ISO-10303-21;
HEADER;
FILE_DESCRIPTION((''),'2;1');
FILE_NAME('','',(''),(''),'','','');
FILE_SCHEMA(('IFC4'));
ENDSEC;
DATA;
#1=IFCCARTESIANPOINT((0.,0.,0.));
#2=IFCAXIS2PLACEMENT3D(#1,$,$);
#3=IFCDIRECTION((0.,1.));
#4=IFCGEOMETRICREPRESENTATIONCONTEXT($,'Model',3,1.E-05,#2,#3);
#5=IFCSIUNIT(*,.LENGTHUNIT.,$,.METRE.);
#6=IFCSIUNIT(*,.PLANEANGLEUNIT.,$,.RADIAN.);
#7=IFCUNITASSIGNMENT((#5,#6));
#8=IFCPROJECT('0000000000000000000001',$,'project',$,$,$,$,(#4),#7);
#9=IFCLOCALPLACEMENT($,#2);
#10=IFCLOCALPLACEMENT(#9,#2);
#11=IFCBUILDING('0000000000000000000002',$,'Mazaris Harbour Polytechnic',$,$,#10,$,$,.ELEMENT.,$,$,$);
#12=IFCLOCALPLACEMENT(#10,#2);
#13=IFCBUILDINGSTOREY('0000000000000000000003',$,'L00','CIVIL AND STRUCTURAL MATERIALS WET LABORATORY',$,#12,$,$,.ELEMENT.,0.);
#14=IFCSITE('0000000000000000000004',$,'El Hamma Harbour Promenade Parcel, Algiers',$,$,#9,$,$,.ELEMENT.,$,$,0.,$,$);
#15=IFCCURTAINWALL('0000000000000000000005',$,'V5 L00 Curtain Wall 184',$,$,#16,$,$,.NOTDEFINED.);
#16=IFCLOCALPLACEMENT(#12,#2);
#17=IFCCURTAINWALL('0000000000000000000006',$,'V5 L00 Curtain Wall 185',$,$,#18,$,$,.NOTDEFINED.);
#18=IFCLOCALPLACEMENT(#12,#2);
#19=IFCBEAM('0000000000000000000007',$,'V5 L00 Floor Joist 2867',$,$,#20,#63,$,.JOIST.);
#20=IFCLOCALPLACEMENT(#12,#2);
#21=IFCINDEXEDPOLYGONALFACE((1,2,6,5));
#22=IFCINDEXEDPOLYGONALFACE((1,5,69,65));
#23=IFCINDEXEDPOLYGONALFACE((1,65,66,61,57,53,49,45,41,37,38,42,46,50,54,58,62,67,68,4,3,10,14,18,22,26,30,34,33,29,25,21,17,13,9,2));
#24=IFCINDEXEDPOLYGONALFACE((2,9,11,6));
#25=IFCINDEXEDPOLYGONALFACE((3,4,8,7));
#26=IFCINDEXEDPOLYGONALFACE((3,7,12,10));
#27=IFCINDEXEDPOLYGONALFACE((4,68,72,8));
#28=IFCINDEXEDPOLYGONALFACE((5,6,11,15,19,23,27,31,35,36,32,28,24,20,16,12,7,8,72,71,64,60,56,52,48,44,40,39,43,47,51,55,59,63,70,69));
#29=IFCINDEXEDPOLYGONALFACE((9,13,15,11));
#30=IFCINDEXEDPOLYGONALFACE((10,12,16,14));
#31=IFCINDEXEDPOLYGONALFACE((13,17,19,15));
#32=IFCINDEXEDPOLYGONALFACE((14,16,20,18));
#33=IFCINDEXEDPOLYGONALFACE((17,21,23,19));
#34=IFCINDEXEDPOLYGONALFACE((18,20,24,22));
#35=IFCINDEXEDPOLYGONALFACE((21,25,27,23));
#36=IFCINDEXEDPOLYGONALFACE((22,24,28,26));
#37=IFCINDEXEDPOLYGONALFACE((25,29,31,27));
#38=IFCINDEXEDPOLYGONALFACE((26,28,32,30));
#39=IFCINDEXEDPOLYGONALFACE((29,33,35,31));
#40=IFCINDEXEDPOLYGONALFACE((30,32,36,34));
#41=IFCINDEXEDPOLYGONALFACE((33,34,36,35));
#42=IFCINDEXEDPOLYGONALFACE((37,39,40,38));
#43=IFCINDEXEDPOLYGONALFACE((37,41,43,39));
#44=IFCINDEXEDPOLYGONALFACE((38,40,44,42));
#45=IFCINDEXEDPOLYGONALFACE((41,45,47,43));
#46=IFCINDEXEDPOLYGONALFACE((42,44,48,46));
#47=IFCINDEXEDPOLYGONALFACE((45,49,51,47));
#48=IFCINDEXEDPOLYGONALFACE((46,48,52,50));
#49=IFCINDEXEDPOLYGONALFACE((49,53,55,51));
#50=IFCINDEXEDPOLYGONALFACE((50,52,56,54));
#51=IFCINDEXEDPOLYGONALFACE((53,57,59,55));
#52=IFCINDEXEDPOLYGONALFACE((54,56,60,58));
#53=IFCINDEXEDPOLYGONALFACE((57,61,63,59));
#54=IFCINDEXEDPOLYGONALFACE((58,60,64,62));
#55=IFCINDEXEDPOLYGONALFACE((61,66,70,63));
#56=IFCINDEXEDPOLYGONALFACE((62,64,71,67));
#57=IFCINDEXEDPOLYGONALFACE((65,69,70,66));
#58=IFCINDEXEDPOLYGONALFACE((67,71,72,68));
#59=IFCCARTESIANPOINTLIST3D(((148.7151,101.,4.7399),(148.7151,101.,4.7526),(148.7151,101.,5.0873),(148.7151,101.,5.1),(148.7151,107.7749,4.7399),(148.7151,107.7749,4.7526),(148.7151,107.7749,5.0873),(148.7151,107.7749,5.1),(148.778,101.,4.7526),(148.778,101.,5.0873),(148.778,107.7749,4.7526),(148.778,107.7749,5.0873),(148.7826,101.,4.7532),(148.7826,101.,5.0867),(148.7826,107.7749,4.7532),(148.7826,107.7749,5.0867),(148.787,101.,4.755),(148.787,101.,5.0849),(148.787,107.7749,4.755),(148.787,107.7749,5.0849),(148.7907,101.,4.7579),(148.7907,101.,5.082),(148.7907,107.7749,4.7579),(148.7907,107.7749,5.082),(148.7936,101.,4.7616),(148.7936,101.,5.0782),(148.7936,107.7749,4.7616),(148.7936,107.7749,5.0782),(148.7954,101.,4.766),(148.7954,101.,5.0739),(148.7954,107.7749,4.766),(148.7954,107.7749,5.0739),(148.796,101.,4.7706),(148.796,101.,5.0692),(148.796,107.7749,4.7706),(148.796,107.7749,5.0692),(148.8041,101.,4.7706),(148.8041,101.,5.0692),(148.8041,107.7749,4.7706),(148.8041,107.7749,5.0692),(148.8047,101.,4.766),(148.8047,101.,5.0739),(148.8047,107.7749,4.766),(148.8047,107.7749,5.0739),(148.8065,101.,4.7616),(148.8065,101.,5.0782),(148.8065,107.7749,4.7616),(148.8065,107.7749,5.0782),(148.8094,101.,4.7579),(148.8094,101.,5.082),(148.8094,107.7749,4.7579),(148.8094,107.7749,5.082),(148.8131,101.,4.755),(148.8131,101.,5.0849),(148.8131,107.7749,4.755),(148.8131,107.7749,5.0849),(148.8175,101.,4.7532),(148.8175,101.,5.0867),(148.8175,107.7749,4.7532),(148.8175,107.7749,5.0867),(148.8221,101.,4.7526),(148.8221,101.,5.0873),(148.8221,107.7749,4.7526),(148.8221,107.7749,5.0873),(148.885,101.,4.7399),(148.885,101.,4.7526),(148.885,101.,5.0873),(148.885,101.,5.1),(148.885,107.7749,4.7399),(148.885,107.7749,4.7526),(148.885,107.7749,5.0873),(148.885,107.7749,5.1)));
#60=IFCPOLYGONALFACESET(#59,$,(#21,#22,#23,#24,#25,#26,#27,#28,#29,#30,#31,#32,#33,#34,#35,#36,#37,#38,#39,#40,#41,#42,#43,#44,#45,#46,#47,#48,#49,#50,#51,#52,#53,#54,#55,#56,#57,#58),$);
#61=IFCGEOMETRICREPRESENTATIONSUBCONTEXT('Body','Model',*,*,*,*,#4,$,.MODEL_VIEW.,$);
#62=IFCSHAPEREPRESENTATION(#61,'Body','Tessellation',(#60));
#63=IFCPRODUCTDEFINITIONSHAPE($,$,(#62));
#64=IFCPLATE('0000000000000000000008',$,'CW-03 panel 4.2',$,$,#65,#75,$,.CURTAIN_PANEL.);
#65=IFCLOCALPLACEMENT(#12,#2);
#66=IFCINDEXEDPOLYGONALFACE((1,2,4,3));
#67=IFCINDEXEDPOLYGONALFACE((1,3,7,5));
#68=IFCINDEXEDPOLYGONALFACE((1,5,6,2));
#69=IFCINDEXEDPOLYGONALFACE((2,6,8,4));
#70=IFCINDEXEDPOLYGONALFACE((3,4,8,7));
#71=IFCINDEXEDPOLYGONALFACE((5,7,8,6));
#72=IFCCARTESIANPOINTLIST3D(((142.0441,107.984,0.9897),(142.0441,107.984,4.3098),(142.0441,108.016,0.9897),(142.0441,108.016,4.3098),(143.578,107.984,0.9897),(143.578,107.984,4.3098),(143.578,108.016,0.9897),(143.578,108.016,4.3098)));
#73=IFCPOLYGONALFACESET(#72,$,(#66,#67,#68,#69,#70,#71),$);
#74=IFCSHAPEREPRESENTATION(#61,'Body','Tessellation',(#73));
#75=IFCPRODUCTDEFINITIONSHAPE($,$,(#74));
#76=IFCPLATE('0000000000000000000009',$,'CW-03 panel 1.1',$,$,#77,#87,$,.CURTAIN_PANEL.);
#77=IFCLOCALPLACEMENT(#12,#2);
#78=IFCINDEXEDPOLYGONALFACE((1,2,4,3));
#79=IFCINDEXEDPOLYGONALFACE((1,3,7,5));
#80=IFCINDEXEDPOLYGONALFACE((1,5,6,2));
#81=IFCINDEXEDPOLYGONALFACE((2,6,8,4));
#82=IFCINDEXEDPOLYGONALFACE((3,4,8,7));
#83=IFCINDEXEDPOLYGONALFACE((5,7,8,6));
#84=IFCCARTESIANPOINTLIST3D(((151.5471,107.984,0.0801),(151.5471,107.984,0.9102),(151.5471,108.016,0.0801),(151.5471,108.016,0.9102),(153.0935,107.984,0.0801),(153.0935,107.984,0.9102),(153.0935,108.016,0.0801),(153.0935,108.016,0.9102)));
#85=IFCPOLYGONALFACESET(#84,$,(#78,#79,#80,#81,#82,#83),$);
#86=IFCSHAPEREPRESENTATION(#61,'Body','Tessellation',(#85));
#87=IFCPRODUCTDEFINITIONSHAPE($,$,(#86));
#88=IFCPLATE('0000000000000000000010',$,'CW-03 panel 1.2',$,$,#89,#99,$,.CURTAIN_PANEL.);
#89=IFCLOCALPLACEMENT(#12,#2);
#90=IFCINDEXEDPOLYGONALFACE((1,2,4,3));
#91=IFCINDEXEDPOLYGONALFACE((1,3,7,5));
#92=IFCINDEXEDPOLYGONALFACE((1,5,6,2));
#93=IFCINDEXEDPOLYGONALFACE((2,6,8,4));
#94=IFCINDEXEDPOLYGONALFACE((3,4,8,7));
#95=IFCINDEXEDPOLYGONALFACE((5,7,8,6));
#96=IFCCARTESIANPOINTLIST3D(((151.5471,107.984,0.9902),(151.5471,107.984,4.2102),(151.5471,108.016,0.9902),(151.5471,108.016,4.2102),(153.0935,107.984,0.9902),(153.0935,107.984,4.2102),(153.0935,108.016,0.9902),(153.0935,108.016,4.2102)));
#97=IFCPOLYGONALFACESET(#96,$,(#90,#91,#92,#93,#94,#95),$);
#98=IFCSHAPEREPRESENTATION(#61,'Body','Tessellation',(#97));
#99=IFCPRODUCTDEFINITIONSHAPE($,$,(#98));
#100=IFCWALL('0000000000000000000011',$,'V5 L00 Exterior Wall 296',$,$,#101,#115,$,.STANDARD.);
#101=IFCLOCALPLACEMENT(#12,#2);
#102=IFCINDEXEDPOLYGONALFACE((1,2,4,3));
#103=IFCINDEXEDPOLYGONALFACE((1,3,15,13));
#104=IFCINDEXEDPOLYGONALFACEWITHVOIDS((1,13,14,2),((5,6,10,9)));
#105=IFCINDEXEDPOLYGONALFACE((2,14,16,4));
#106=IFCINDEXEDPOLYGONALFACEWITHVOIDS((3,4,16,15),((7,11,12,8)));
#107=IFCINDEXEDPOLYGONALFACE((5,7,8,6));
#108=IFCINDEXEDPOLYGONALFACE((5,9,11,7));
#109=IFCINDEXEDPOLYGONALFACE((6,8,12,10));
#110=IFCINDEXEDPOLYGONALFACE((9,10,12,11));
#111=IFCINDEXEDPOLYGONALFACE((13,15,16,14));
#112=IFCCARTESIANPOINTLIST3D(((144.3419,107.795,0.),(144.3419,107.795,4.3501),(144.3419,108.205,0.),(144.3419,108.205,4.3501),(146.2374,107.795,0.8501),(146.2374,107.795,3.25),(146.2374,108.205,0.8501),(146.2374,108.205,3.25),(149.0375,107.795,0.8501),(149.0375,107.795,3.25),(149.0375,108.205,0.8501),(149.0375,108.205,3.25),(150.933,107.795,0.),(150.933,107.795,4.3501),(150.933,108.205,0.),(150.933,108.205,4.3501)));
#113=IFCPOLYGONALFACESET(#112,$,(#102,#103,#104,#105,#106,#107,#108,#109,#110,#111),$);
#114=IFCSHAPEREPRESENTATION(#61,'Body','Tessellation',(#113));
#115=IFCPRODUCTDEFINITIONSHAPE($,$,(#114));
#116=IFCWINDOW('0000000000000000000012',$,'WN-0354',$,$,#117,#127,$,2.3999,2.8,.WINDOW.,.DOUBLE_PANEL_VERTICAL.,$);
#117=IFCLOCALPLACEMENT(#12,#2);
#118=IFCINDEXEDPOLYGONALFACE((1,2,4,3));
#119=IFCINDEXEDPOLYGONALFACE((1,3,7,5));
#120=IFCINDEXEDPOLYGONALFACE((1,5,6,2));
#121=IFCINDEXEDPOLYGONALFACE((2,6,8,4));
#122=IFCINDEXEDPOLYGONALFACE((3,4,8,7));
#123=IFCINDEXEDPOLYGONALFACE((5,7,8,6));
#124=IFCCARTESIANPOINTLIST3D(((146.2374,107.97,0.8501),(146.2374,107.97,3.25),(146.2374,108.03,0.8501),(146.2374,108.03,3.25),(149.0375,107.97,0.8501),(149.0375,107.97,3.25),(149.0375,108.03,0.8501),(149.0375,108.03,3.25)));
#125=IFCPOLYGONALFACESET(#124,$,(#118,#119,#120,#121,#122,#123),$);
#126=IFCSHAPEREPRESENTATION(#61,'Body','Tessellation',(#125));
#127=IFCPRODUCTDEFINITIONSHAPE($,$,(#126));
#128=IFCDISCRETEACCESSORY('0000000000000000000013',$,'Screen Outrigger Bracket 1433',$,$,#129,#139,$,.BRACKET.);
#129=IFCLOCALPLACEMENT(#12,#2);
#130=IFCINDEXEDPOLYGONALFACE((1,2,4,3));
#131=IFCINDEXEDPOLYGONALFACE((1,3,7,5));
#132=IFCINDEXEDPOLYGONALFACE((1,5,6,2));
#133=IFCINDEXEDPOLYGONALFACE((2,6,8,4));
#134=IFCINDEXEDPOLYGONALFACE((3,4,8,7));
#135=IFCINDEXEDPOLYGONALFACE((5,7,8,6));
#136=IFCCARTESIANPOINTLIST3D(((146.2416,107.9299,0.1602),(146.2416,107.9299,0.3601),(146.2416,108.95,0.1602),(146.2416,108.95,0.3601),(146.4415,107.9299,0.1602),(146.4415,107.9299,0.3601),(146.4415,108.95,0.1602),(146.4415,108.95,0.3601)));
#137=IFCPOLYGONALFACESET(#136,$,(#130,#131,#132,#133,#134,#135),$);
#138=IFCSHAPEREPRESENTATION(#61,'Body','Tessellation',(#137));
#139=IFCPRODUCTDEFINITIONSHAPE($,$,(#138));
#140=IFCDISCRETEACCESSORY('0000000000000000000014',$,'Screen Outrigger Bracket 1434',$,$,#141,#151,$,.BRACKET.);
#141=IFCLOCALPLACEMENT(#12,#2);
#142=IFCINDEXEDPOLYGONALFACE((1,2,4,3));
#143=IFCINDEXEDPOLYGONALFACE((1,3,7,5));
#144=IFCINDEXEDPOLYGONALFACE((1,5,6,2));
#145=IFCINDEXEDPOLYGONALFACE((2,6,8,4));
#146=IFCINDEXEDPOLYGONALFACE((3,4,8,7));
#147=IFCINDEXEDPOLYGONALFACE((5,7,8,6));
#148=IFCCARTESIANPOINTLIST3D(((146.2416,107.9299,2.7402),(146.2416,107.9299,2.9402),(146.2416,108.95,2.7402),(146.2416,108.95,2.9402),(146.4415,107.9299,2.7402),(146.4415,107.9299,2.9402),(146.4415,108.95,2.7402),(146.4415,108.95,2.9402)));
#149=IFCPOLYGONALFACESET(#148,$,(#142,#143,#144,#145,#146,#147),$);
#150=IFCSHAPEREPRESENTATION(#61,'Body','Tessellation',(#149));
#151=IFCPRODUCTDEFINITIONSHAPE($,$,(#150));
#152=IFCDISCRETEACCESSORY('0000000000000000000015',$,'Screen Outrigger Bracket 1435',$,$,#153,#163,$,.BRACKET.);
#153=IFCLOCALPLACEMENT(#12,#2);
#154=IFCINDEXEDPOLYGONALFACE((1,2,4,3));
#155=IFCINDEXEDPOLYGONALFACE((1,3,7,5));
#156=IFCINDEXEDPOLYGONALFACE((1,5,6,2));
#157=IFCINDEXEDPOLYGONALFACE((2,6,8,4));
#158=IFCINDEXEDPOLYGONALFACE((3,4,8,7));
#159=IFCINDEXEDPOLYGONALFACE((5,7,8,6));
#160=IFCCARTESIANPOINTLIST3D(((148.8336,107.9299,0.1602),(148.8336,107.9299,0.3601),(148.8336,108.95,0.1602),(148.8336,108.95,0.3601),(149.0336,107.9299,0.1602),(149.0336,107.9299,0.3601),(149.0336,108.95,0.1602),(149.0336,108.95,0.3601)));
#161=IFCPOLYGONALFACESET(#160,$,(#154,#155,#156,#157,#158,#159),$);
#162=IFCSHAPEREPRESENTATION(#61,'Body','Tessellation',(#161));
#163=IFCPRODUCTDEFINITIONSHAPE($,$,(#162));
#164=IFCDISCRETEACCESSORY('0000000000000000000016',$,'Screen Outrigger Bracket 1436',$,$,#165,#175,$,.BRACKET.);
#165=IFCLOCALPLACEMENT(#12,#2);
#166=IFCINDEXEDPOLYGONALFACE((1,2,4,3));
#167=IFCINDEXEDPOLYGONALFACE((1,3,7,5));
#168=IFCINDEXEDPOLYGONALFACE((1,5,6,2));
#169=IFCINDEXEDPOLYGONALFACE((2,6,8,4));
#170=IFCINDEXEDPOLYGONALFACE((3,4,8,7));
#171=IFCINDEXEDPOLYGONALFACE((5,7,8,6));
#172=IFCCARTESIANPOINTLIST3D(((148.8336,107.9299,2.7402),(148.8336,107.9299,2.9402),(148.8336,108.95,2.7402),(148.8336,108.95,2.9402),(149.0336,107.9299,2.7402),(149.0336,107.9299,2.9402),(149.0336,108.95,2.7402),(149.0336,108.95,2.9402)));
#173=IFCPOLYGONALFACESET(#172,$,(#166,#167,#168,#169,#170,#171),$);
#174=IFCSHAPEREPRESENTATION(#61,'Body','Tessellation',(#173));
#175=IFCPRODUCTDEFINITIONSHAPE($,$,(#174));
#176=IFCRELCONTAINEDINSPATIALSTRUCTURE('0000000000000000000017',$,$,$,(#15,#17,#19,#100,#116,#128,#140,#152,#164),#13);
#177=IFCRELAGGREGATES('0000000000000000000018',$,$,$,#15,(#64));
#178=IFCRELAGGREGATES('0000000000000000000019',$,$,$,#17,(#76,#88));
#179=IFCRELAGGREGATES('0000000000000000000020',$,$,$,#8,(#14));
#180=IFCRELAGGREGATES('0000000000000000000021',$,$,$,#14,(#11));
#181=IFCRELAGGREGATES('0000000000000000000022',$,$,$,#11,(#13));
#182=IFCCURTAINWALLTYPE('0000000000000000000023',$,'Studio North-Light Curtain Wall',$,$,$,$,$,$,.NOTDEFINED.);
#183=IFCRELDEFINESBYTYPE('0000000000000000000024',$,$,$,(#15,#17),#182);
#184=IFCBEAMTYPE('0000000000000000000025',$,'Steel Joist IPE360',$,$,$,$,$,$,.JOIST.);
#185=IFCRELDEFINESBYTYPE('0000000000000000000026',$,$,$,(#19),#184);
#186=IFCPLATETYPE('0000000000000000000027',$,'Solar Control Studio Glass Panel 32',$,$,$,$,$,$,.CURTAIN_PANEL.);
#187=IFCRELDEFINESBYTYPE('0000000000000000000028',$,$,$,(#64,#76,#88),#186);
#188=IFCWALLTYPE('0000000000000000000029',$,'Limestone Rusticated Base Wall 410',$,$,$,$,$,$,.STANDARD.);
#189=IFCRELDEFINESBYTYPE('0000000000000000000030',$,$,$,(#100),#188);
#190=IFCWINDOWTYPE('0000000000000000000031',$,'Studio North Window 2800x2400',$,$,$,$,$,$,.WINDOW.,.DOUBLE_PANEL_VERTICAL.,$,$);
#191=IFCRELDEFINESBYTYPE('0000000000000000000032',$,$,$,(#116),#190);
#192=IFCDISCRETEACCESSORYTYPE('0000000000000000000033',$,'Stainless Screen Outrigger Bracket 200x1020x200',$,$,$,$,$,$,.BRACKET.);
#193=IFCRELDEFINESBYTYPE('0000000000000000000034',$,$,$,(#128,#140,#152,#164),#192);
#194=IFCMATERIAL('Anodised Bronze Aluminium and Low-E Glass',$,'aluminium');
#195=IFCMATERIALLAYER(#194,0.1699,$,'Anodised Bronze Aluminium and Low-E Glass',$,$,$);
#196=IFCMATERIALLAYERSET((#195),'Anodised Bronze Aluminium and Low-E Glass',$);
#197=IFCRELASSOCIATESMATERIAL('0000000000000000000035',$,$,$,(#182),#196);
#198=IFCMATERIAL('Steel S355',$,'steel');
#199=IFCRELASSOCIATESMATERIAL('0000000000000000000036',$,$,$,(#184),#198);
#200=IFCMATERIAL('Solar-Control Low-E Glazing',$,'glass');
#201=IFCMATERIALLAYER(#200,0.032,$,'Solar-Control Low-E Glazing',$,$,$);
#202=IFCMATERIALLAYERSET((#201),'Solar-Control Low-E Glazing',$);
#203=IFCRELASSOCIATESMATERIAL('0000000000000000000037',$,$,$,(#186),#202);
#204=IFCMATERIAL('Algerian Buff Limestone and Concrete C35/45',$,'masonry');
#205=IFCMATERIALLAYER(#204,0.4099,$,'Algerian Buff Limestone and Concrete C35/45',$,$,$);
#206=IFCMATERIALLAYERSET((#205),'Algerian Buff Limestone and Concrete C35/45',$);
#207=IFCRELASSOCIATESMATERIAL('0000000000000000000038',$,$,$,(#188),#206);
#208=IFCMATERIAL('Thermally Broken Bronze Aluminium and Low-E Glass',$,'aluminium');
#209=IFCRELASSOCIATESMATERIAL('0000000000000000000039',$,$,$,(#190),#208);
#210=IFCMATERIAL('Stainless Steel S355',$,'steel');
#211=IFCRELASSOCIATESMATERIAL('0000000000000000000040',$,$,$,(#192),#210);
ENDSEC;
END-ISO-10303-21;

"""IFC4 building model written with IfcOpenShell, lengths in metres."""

from ifc_helpers import new_model, si_unit, direction, frame, frame_2d, origin, origin_2d, place, context, subcontext, project, spatial, rectangle, i_section, extrude, material, layer, layer_set, material_profile, profile_set, type_object, element, fill, aggregate, save


model = new_model("IFC4")

# Units and contexts
model_context = context("Model", 3, precision=1e-05, world=origin(), true_north=direction((0.0, 1.0)))
body_context = subcontext(model_context, "Body", "Model", "MODEL_VIEW")
ifc_project = project(units=[si_unit("LENGTHUNIT", "METRE"), si_unit("PLANEANGLEUNIT", "RADIAN")], contexts=[model_context])

# Site, building, storey
site_placement = place(None, origin())
site = spatial("IfcSite", under=ifc_project, at=site_placement, Name="El Hamma Harbour Promenade Parcel, Algiers", CompositionType="ELEMENT", RefElevation=0.0)
building_placement = place(site_placement, origin())
building = spatial("IfcBuilding", under=site, at=building_placement, Name="Mazaris Harbour Polytechnic", CompositionType="ELEMENT")
storey_placement = place(building_placement, origin())
storey = spatial("IfcBuildingStorey", under=building, at=storey_placement, Name="L00", Description="CIVIL AND STRUCTURAL MATERIALS WET LABORATORY", CompositionType="ELEMENT", Elevation=0.0)

# Curtain wall
ifc_material_1 = material(Name="Anodised Bronze Aluminium and Low-E Glass", Category="aluminium")
ifc_layer_1 = layer(ifc_material_1, 0.1699, Name="Anodised Bronze Aluminium and Low-E Glass")
ifc_layer_set_1 = layer_set([ifc_layer_1], Name="Anodised Bronze Aluminium and Low-E Glass")
curtain_wall_type = type_object("IfcCurtainWallType", Name="Studio North-Light Curtain Wall", PredefinedType="NOTDEFINED", material=ifc_layer_set_1)
curtain_wall_1_placement = place(storey_placement, origin())
curtain_wall_1 = element("IfcCurtainWall", 1, at=curtain_wall_1_placement, inside=storey, type_object=curtain_wall_type, Name="V5 L00 Curtain Wall 184", PredefinedType="NOTDEFINED")

# Curtain wall
curtain_wall_2_placement = place(storey_placement, origin())
curtain_wall_2 = element("IfcCurtainWall", 2, at=curtain_wall_2_placement, inside=storey, type_object=curtain_wall_type, Name="V5 L00 Curtain Wall 185", PredefinedType="NOTDEFINED")

# Beam
ifc_material_2 = material(Name="Steel S355", Category="steel")
ifc_material_profile_1 = material_profile(ifc_material_2, i_section(OverallWidth=0.1699, OverallDepth=0.3601, WebThickness=0.0081, FlangeThickness=0.0127, FilletRadius=0.0181, at=origin_2d()), Name="IPE 360")
ifc_profile_set_1 = profile_set([ifc_material_profile_1], Name="Steel S355")
beam_type_1 = type_object("IfcBeamType", Name="Steel Joist IPE360", PredefinedType="JOIST", material=ifc_profile_set_1)
beam_1_placement = place(storey_placement, frame((148.8, 101.0, 4.9199), z_axis=(0.0, 1.0, 0.0), x_axis=(-1.0, 0.0, 0.0)))
element("IfcBeam", 3, at=beam_1_placement, inside=storey, type_object=beam_type_1, Name="V5 L00 Floor Joist 2867", PredefinedType="JOIST", context=body_context, shape_type="SweptSolid", body=[
    extrude(i_section(OverallWidth=0.1699, OverallDepth=0.3601, WebThickness=0.0081, FlangeThickness=0.0127, FilletRadius=0.0181, at=origin_2d()), origin(), (0.0, 0.0, 1.0), 6.7749),
])

# Plates
ifc_material_3 = material(Name="Solar-Control Low-E Glazing", Category="glass")
ifc_layer_2 = layer(ifc_material_3, 0.032, Name="Solar-Control Low-E Glazing")
ifc_layer_set_2 = layer_set([ifc_layer_2], Name="Solar-Control Low-E Glazing")
plate_type = type_object("IfcPlateType", Name="Solar Control Studio Glass Panel 32", PredefinedType="CURTAIN_PANEL", material=ifc_layer_set_2)
plate_1_placement = place(storey_placement, frame((142.811, 108.0, 0.9897), z_axis=(0.0, 0.0, 1.0), x_axis=(1.0, 0.0, 0.0)))
plate_1 = element("IfcPlate", 4, at=plate_1_placement, type_object=plate_type, Name="CW-03 panel 4.2", PredefinedType="CURTAIN_PANEL", context=body_context, shape_type="SweptSolid", body=[
    extrude(rectangle(XDim=1.5339, YDim=0.032, at=origin_2d()), origin(), (0.0, 0.0, 1.0), 3.3201),
])
aggregate(curtain_wall_1, [plate_1])
plate_2_placement = place(storey_placement, frame((152.3203, 108.0, 0.0801), z_axis=(0.0, 0.0, 1.0), x_axis=(1.0, 0.0, 0.0)))
plate_2 = element("IfcPlate", 5, at=plate_2_placement, type_object=plate_type, Name="CW-03 panel 1.1", PredefinedType="CURTAIN_PANEL", context=body_context, shape_type="SweptSolid", body=[
    extrude(rectangle(XDim=1.5464, YDim=0.032, at=origin_2d()), origin(), (0.0, 0.0, 1.0), 0.8301),
])
plate_3_placement = place(storey_placement, frame((152.3203, 108.0, 0.9902), z_axis=(0.0, 0.0, 1.0), x_axis=(1.0, 0.0, 0.0)))
plate_3 = element("IfcPlate", 6, at=plate_3_placement, type_object=plate_type, Name="CW-03 panel 1.2", PredefinedType="CURTAIN_PANEL", context=body_context, shape_type="SweptSolid", body=[
    extrude(rectangle(XDim=1.5464, YDim=0.032, at=origin_2d()), origin(), (0.0, 0.0, 1.0), 3.22),
])
aggregate(curtain_wall_2, [plate_2, plate_3])

# Wall, opening, window
ifc_material_4 = material(Name="Algerian Buff Limestone and Concrete C35/45", Category="masonry")
ifc_layer_3 = layer(ifc_material_4, 0.4099, Name="Algerian Buff Limestone and Concrete C35/45")
ifc_layer_set_3 = layer_set([ifc_layer_3], Name="Algerian Buff Limestone and Concrete C35/45")
wall_type = type_object("IfcWallType", Name="Limestone Rusticated Base Wall 410", PredefinedType="STANDARD", material=ifc_layer_set_3)
wall_placement = place(storey_placement, frame((144.342, 108.0, 0.0), z_axis=(0.0, 0.0, 1.0), x_axis=(1.0, 0.0, 0.0)))
wall = element("IfcWall", 7, at=wall_placement, inside=storey, type_object=wall_type, Name="V5 L00 Exterior Wall 296", PredefinedType="STANDARD", context=body_context, shape_type="SweptSolid", body=[
    extrude(rectangle(XDim=6.5911, YDim=0.4099, at=frame_2d((3.2954, 0.0))), origin(), (0.0, 0.0, 1.0), 4.3501),
])
opening_placement = place(wall_placement, frame((1.8955, 0.0, 0.8501)))
opening = element("IfcOpeningElement", 8, at=opening_placement, cuts=wall, PredefinedType="OPENING", context=body_context, shape_type="SweptSolid", body=[
    extrude(rectangle(XDim=2.8, YDim=2.3999, at=frame_2d((1.3999, 1.2))), frame((0.0, 0.2148, 0.0), z_axis=(0.0, -1.0, 0.0), x_axis=(1.0, 0.0, 0.0)), (0.0, 0.0, 1.0), 0.4299),
])
ifc_material_5 = material(Name="Thermally Broken Bronze Aluminium and Low-E Glass", Category="aluminium")
window_type = type_object("IfcWindowType", Name="Studio North Window 2800x2400", PartitioningType="DOUBLE_PANEL_VERTICAL", PredefinedType="WINDOW", material=ifc_material_5)
window_placement = place(opening_placement, origin())
window = element("IfcWindow", 9, at=window_placement, inside=storey, type_object=window_type, Name="WN-0354", OverallHeight=2.3999, OverallWidth=2.8, PartitioningType="DOUBLE_PANEL_VERTICAL", PredefinedType="WINDOW", context=body_context, shape_type="SweptSolid", body=[
    extrude(rectangle(XDim=2.8, YDim=2.3999, at=frame_2d((1.3999, 1.2))), frame((0.0, 0.03, 0.0), z_axis=(0.0, -1.0, 0.0), x_axis=(1.0, 0.0, 0.0)), (0.0, 0.0, 1.0), 0.0601),
])
fill(opening, window)

# Discrete accessories
ifc_material_6 = material(Name="Stainless Steel S355", Category="steel")
discrete_accessory_type = type_object("IfcDiscreteAccessoryType", Name="Stainless Screen Outrigger Bracket 200x1020x200", PredefinedType="BRACKET", material=ifc_material_6)
for number, where, z_axis, x_axis, name in (
    (10, (146.3416, 108.4399, 0.1602), (0.0, 0.0, 1.0), (1.0, 0.0, 0.0), "Screen Outrigger Bracket 1433"),
    (11, (146.3416, 108.4399, 2.7402), (0.0, 0.0, 1.0), (1.0, 0.0, 0.0), "Screen Outrigger Bracket 1434"),
    (12, (148.9336, 108.4399, 0.1602), (0.0, 0.0, 1.0), (1.0, 0.0, 0.0), "Screen Outrigger Bracket 1435"),
    (13, (148.9336, 108.4399, 2.7402), (0.0, 0.0, 1.0), (1.0, 0.0, 0.0), "Screen Outrigger Bracket 1436"),
):
    element("IfcDiscreteAccessory", number, at=place(storey_placement, frame(where, z_axis=z_axis, x_axis=x_axis)), inside=storey, type_object=discrete_accessory_type, Name=name, PredefinedType="BRACKET", context=body_context, shape_type="SweptSolid", body=[
        extrude(rectangle(XDim=0.2, YDim=1.02, at=origin_2d()), origin(), (0.0, 0.0, 1.0), 0.2),
    ])

save(model, "model.ifc")
